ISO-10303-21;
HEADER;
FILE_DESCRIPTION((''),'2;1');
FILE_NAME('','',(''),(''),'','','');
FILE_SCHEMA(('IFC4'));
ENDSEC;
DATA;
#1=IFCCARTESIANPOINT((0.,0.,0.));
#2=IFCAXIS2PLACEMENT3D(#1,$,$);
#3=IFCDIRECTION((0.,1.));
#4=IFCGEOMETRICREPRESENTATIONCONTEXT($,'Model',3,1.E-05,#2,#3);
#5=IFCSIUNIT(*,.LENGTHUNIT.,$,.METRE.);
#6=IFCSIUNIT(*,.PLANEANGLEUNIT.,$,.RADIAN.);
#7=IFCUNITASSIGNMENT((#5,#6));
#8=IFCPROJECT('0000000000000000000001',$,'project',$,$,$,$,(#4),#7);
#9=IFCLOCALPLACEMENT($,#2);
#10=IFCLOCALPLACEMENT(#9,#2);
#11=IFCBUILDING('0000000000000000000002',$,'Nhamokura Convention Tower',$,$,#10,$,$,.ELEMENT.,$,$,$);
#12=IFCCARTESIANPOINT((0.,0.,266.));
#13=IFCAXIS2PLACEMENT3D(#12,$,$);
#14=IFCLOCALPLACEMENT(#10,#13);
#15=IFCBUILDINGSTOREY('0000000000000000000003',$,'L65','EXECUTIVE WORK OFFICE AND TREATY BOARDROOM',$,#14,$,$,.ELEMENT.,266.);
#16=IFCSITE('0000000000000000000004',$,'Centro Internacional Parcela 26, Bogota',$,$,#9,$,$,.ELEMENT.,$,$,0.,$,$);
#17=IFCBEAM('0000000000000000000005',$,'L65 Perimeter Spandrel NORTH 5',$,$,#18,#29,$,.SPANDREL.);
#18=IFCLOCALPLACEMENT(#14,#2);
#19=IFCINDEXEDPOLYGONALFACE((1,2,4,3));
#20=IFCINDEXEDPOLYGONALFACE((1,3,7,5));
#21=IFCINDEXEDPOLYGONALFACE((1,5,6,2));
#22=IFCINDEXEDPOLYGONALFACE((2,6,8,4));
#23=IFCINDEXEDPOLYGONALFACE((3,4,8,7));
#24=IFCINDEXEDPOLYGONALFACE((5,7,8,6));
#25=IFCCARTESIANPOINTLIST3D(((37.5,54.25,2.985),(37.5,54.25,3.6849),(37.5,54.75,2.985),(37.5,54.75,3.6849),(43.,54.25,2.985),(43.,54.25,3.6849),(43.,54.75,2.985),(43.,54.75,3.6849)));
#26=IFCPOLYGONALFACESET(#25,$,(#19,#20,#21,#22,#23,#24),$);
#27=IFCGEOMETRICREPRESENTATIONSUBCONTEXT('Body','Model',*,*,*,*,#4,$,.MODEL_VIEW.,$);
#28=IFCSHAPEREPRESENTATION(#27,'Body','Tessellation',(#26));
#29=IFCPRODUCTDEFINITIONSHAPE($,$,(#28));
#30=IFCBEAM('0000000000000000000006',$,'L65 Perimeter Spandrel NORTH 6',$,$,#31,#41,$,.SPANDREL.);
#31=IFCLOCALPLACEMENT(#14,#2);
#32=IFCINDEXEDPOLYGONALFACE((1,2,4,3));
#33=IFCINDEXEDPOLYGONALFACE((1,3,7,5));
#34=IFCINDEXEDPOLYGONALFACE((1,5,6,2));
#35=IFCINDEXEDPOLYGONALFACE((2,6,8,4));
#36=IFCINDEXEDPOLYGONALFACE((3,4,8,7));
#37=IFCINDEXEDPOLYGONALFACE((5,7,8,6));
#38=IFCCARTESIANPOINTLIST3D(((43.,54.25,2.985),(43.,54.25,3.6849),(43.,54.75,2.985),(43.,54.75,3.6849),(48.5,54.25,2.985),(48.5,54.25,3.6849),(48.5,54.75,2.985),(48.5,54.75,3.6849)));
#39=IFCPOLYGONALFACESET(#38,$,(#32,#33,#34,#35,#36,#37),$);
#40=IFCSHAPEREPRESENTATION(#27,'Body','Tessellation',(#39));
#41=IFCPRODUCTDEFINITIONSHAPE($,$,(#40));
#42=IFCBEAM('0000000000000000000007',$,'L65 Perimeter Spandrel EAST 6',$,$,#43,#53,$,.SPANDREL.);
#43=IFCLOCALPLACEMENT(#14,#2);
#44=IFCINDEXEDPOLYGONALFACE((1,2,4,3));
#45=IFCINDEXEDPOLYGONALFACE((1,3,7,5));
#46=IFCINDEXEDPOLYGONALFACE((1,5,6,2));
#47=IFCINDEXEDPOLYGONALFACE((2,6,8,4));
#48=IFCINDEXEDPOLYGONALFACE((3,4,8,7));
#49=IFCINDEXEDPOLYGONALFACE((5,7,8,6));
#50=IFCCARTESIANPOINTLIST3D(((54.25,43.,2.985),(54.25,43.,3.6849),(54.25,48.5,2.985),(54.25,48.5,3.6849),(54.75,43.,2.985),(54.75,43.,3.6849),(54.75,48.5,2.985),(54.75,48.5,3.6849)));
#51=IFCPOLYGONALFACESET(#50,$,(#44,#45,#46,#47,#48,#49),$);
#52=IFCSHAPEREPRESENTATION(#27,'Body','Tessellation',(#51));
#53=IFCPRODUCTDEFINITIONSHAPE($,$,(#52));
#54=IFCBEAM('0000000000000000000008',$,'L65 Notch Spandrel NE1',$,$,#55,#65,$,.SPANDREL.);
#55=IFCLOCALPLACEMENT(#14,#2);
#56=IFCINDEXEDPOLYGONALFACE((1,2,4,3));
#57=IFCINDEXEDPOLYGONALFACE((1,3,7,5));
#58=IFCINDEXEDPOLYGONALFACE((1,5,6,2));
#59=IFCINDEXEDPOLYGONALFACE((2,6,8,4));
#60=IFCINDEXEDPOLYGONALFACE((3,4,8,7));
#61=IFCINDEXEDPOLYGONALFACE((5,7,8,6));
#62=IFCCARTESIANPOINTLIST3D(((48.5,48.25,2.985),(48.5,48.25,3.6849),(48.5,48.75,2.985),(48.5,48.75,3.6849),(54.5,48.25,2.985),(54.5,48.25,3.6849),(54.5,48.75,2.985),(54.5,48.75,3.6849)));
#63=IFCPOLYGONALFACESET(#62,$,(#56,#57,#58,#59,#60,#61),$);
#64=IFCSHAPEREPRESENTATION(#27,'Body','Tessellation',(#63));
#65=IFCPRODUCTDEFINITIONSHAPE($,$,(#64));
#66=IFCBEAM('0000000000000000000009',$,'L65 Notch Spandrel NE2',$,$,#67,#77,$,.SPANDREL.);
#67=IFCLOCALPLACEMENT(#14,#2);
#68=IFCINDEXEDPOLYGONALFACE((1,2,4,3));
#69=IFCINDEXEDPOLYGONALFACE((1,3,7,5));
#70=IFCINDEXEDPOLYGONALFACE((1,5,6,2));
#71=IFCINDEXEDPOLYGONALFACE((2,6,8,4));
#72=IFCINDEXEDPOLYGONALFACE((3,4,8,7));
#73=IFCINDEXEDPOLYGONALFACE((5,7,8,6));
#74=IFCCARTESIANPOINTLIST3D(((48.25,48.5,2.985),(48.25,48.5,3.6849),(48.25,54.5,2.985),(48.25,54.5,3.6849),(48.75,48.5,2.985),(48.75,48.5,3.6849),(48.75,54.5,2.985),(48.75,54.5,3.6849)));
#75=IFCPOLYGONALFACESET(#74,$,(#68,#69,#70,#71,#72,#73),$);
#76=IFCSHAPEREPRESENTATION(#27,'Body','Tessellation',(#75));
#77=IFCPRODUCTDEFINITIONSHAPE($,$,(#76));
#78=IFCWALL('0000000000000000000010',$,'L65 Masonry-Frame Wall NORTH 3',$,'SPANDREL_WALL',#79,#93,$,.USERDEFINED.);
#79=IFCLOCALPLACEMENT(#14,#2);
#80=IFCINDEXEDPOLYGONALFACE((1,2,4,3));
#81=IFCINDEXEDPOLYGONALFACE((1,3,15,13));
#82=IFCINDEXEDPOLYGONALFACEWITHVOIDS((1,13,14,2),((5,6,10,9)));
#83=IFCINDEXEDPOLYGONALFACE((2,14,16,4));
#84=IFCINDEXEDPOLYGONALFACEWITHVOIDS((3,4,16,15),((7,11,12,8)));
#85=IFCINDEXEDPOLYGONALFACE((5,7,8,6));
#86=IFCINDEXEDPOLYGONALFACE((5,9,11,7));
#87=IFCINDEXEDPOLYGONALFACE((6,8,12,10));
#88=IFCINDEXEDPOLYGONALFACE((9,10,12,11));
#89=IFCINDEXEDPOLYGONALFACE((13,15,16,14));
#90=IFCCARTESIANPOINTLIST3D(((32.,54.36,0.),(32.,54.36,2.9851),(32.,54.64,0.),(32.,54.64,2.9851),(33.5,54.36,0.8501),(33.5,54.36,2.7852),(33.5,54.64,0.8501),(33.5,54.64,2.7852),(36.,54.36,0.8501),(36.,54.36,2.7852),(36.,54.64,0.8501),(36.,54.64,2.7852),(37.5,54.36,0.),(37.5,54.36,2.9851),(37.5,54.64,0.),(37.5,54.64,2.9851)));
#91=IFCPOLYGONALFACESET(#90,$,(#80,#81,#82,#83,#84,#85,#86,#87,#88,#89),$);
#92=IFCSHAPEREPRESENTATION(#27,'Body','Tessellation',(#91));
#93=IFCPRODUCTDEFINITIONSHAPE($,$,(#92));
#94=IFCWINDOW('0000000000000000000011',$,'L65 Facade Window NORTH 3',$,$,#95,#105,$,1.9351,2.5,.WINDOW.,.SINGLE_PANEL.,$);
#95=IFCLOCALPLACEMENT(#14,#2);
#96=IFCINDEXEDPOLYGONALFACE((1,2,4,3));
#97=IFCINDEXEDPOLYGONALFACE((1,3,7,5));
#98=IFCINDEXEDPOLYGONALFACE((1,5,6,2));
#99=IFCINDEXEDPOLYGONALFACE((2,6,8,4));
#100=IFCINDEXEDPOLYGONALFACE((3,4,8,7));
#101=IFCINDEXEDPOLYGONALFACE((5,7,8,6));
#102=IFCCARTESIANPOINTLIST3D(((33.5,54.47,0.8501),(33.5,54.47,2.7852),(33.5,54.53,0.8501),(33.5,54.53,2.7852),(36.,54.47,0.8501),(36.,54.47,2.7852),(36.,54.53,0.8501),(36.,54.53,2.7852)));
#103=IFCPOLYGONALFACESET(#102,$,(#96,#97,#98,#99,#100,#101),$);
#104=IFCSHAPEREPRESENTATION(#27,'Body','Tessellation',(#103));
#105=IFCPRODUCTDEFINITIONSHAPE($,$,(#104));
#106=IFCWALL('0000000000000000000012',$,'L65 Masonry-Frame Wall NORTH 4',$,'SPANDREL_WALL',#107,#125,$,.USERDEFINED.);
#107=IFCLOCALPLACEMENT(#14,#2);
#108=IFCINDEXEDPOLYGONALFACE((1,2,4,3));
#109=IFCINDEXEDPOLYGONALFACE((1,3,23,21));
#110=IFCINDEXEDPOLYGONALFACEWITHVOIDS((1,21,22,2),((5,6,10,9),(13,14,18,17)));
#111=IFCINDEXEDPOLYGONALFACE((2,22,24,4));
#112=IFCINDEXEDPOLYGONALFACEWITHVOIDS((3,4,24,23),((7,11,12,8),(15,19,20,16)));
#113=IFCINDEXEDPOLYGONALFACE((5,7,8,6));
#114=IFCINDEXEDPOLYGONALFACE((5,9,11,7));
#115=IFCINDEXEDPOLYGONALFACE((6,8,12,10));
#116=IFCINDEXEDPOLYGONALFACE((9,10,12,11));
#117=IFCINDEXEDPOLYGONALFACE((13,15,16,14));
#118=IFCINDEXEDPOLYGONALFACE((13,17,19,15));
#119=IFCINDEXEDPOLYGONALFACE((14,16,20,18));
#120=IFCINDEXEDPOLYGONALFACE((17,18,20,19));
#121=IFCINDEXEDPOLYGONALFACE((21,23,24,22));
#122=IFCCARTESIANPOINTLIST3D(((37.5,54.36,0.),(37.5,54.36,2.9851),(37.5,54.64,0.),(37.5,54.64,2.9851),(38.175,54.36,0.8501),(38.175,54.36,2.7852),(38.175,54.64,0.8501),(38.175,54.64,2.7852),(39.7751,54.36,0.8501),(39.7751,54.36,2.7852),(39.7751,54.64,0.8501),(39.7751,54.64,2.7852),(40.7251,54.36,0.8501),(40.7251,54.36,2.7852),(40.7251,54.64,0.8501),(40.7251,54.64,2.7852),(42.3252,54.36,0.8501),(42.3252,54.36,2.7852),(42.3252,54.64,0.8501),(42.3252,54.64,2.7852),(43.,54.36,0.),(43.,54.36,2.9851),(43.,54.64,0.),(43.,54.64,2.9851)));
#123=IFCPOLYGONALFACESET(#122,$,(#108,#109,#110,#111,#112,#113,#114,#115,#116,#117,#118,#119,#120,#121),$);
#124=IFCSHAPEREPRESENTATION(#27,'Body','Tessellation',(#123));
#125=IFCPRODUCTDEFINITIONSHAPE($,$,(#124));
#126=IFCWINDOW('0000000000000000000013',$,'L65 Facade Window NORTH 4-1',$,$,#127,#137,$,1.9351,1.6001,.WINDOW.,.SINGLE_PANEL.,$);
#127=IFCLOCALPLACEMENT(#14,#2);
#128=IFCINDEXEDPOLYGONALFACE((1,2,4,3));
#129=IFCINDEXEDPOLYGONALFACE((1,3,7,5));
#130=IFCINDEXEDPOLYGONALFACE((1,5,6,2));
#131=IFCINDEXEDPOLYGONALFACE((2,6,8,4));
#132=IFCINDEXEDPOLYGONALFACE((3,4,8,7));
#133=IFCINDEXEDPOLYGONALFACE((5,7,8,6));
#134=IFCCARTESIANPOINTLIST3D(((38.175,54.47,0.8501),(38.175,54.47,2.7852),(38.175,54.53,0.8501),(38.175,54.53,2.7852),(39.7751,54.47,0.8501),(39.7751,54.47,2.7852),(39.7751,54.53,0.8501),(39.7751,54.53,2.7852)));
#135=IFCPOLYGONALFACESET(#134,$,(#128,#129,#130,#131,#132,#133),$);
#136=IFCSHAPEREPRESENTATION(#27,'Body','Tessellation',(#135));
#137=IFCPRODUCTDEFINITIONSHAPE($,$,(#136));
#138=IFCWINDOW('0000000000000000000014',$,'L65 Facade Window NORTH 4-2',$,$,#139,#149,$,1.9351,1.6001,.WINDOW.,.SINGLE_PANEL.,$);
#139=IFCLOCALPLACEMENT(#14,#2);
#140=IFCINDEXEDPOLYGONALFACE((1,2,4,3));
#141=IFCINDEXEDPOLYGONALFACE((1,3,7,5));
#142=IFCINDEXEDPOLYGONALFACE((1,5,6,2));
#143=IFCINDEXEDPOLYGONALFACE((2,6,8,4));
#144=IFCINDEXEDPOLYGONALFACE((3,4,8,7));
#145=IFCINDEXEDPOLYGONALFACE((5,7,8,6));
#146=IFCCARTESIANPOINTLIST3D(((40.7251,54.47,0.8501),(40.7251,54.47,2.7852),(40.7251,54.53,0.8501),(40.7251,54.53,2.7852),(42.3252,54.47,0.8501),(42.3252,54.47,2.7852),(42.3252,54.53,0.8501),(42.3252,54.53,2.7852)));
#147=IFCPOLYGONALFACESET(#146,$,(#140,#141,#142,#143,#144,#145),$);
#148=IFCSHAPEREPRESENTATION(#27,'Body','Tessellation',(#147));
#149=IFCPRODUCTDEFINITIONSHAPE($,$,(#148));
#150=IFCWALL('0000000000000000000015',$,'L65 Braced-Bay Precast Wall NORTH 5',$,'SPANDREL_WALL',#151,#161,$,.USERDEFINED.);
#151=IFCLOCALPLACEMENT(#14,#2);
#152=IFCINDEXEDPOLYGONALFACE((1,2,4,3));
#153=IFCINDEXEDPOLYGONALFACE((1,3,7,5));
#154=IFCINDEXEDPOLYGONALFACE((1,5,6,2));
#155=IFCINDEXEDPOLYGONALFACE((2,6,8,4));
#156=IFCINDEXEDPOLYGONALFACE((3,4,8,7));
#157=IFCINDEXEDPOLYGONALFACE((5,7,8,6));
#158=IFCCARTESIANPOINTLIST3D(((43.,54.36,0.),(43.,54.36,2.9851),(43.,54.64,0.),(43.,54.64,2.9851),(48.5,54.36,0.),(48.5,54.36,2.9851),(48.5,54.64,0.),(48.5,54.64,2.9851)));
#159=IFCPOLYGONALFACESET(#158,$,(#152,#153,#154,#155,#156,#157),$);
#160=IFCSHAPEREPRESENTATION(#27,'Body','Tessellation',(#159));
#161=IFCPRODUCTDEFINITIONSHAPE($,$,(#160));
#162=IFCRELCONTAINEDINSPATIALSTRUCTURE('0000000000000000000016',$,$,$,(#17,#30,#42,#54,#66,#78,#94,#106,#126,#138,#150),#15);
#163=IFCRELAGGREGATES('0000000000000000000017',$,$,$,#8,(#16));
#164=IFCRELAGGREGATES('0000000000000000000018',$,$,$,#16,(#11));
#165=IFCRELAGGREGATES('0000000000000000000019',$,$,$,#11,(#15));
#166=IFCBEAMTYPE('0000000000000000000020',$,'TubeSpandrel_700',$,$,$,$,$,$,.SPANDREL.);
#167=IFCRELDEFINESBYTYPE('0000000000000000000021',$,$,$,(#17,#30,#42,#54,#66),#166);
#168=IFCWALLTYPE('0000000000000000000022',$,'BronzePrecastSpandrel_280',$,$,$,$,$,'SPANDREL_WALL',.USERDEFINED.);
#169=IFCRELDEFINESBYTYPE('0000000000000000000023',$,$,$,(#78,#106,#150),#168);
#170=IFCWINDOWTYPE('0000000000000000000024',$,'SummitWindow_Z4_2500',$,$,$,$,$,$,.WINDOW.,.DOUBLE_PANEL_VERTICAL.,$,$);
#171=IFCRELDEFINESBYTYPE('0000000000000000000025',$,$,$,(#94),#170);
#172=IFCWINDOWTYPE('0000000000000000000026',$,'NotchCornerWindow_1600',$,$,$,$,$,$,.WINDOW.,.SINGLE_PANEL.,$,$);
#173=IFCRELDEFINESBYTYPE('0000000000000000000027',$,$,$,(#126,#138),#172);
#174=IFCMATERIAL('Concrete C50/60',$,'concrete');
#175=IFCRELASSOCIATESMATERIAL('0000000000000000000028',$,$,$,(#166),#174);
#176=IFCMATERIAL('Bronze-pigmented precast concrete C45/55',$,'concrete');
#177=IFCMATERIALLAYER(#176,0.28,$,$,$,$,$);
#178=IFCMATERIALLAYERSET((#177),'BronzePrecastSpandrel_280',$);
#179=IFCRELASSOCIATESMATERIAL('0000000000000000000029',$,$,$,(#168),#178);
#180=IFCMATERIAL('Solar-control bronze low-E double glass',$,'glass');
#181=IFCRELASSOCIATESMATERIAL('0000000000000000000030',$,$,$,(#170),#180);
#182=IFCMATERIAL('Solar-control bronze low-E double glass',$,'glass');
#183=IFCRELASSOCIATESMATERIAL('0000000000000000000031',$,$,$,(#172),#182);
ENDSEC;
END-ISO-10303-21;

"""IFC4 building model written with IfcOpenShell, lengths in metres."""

from ifc_helpers import new_model, si_unit, direction, frame, frame_2d, origin, origin_2d, place, context, subcontext, project, spatial, rectangle, extrude, material, layer, layer_set, material_profile, profile_set, type_object, element, fill, save


model = new_model("IFC4")

# Units and contexts
model_context = context("Model", 3, precision=1e-05, world=origin(), true_north=direction((0.0, 1.0)))
body_context = subcontext(model_context, "Body", "Model", "MODEL_VIEW")
ifc_project = project(units=[si_unit("LENGTHUNIT", "METRE"), si_unit("PLANEANGLEUNIT", "RADIAN")], contexts=[model_context])

# Site, building, storey
site_placement = place(None, origin())
site = spatial("IfcSite", under=ifc_project, at=site_placement, Name="Centro Internacional Parcela 26, Bogota", CompositionType="ELEMENT", RefElevation=0.0)
building_placement = place(site_placement, origin())
building = spatial("IfcBuilding", under=site, at=building_placement, Name="Nhamokura Convention Tower", CompositionType="ELEMENT")
storey_placement = place(building_placement, frame((0.0, 0.0, 266.0)))
storey = spatial("IfcBuildingStorey", under=building, at=storey_placement, Name="L65", Description="EXECUTIVE WORK OFFICE AND TREATY BOARDROOM", CompositionType="ELEMENT", Elevation=266.0)

# Beams
ifc_material_1 = material(Name="Concrete C50/60", Category="concrete")
ifc_material_profile_1 = material_profile(ifc_material_1, rectangle(XDim=0.5, YDim=0.7, at=origin_2d()))
ifc_profile_set_1 = profile_set([ifc_material_profile_1], Name="Concrete C50/60")
beam_type_1 = type_object("IfcBeamType", Name="TubeSpandrel_700", PredefinedType="SPANDREL", material=ifc_profile_set_1)
for number, where, z_axis, x_axis, name in (
    (1, (37.5, 54.5, 3.335), (1.0, 0.0, 0.0), (0.0, 1.0, 0.0), "L65 Perimeter Spandrel NORTH 5"),
    (2, (43.0, 54.5, 3.335), (1.0, 0.0, 0.0), (0.0, 1.0, 0.0), "L65 Perimeter Spandrel NORTH 6"),
    (3, (54.5, 43.0, 3.335), (0.0, 1.0, 0.0), (-1.0, 0.0, 0.0), "L65 Perimeter Spandrel EAST 6"),
):
    element("IfcBeam", number, at=place(storey_placement, frame(where, z_axis=z_axis, x_axis=x_axis)), inside=storey, type_object=beam_type_1, Name=name, PredefinedType="SPANDREL", context=body_context, shape_type="SweptSolid", body=[
        extrude(rectangle(XDim=0.5, YDim=0.7, at=origin_2d()), origin(), (0.0, 0.0, 1.0), 5.5),
    ])
for number, where, z_axis, x_axis, name in (
    (4, (54.5, 48.5, 3.335), (-1.0, 0.0, 0.0), (0.0, -1.0, 0.0), "L65 Notch Spandrel NE1"),
    (5, (48.5, 48.5, 3.335), (0.0, 1.0, 0.0), (-1.0, 0.0, 0.0), "L65 Notch Spandrel NE2"),
):
    element("IfcBeam", number, at=place(storey_placement, frame(where, z_axis=z_axis, x_axis=x_axis)), inside=storey, type_object=beam_type_1, Name=name, PredefinedType="SPANDREL", context=body_context, shape_type="SweptSolid", body=[
        extrude(rectangle(XDim=0.5, YDim=0.7, at=origin_2d()), origin(), (0.0, 0.0, 1.0), 6.0),
    ])

# Wall, opening, window
ifc_material_2 = material(Name="Bronze-pigmented precast concrete C45/55", Category="concrete")
ifc_layer_1 = layer(ifc_material_2, 0.28)
ifc_layer_set_1 = layer_set([ifc_layer_1], Name="BronzePrecastSpandrel_280")
wall_type_1 = type_object("IfcWallType", Name="BronzePrecastSpandrel_280", ElementType="SPANDREL_WALL", PredefinedType="USERDEFINED", material=ifc_layer_set_1)
wall_1_placement = place(storey_placement, frame((32.0, 54.5, 0.0), z_axis=(0.0, 0.0, 1.0), x_axis=(1.0, 0.0, 0.0)))
wall_1 = element("IfcWall", 6, at=wall_1_placement, inside=storey, type_object=wall_type_1, Name="L65 Masonry-Frame Wall NORTH 3", ObjectType="SPANDREL_WALL", PredefinedType="USERDEFINED", context=body_context, shape_type="SweptSolid", body=[
    extrude(rectangle(XDim=5.5, YDim=0.28, at=frame_2d((2.75, 0.0))), origin(), (0.0, 0.0, 1.0), 2.9851),
])
opening_1_placement = place(wall_1_placement, frame((1.5, 0.0, 0.8501)))
opening_1 = element("IfcOpeningElement", 7, at=opening_1_placement, cuts=wall_1, PredefinedType="OPENING", context=body_context, shape_type="SweptSolid", body=[
    extrude(rectangle(XDim=2.5, YDim=1.9351, at=frame_2d((1.25, 0.9675))), frame((0.0, 0.1499, 0.0), z_axis=(0.0, -1.0, 0.0), x_axis=(1.0, 0.0, 0.0)), (0.0, 0.0, 1.0), 0.3),
])
ifc_material_3 = material(Name="Solar-control bronze low-E double glass", Category="glass")
window_type_1 = type_object("IfcWindowType", Name="SummitWindow_Z4_2500", PartitioningType="DOUBLE_PANEL_VERTICAL", PredefinedType="WINDOW", material=ifc_material_3)
window_1_placement = place(opening_1_placement, origin())
window_1 = element("IfcWindow", 8, at=window_1_placement, inside=storey, type_object=window_type_1, Name="L65 Facade Window NORTH 3", OverallHeight=1.9351, OverallWidth=2.5, PartitioningType="SINGLE_PANEL", PredefinedType="WINDOW", context=body_context, shape_type="SweptSolid", body=[
    extrude(rectangle(XDim=2.5, YDim=1.9351, at=frame_2d((1.25, 0.9675))), frame((0.0, 0.03, 0.0), z_axis=(0.0, -1.0, 0.0), x_axis=(1.0, 0.0, 0.0)), (0.0, 0.0, 1.0), 0.0601),
])
fill(opening_1, window_1)

# Wall, openings, windows
wall_2_placement = place(storey_placement, frame((37.5, 54.5, 0.0), z_axis=(0.0, 0.0, 1.0), x_axis=(1.0, 0.0, 0.0)))
wall_2 = element("IfcWall", 9, at=wall_2_placement, inside=storey, type_object=wall_type_1, Name="L65 Masonry-Frame Wall NORTH 4", ObjectType="SPANDREL_WALL", PredefinedType="USERDEFINED", context=body_context, shape_type="SweptSolid", body=[
    extrude(rectangle(XDim=5.5, YDim=0.28, at=frame_2d((2.75, 0.0))), origin(), (0.0, 0.0, 1.0), 2.9851),
])
opening_2_placement = place(wall_2_placement, frame((0.675, 0.0, 0.8501)))
opening_2 = element("IfcOpeningElement", 10, at=opening_2_placement, cuts=wall_2, PredefinedType="OPENING", context=body_context, shape_type="SweptSolid", body=[
    extrude(rectangle(XDim=1.6001, YDim=1.9351, at=frame_2d((0.8, 0.9675))), frame((0.0, 0.1499, 0.0), z_axis=(0.0, -1.0, 0.0), x_axis=(1.0, 0.0, 0.0)), (0.0, 0.0, 1.0), 0.3),
])
opening_3_placement = place(wall_2_placement, frame((3.2251, 0.0, 0.8501)))
opening_3 = element("IfcOpeningElement", 11, at=opening_3_placement, cuts=wall_2, PredefinedType="OPENING", context=body_context, shape_type="SweptSolid", body=[
    extrude(rectangle(XDim=1.6001, YDim=1.9351, at=frame_2d((0.8, 0.9675))), frame((0.0, 0.1499, 0.0), z_axis=(0.0, -1.0, 0.0), x_axis=(1.0, 0.0, 0.0)), (0.0, 0.0, 1.0), 0.3),
])
ifc_material_4 = material(Name="Solar-control bronze low-E double glass", Category="glass")
window_type_2 = type_object("IfcWindowType", Name="NotchCornerWindow_1600", PartitioningType="SINGLE_PANEL", PredefinedType="WINDOW", material=ifc_material_4)
window_2_placement = place(opening_2_placement, origin())
window_2 = element("IfcWindow", 12, at=window_2_placement, inside=storey, type_object=window_type_2, Name="L65 Facade Window NORTH 4-1", OverallHeight=1.9351, OverallWidth=1.6001, PartitioningType="SINGLE_PANEL", PredefinedType="WINDOW", context=body_context, shape_type="SweptSolid", body=[
    extrude(rectangle(XDim=1.6001, YDim=1.9351, at=frame_2d((0.8, 0.9675))), frame((0.0, 0.03, 0.0), z_axis=(0.0, -1.0, 0.0), x_axis=(1.0, 0.0, 0.0)), (0.0, 0.0, 1.0), 0.0601),
])
fill(opening_2, window_2)
window_3_placement = place(opening_3_placement, origin())
window_3 = element("IfcWindow", 13, at=window_3_placement, inside=storey, type_object=window_type_2, Name="L65 Facade Window NORTH 4-2", OverallHeight=1.9351, OverallWidth=1.6001, PartitioningType="SINGLE_PANEL", PredefinedType="WINDOW", context=body_context, shape_type="SweptSolid", body=[
    extrude(rectangle(XDim=1.6001, YDim=1.9351, at=frame_2d((0.8, 0.9675))), frame((0.0, 0.03, 0.0), z_axis=(0.0, -1.0, 0.0), x_axis=(1.0, 0.0, 0.0)), (0.0, 0.0, 1.0), 0.0601),
])
fill(opening_3, window_3)

# Wall
wall_3_placement = place(storey_placement, frame((43.0, 54.5, 0.0), z_axis=(0.0, 0.0, 1.0), x_axis=(1.0, 0.0, 0.0)))
element("IfcWall", 14, at=wall_3_placement, inside=storey, type_object=wall_type_1, Name="L65 Braced-Bay Precast Wall NORTH 5", ObjectType="SPANDREL_WALL", PredefinedType="USERDEFINED", context=body_context, shape_type="SweptSolid", body=[
    extrude(rectangle(XDim=5.5, YDim=0.28, at=frame_2d((2.75, 0.0))), origin(), (0.0, 0.0, 1.0), 2.9851),
])

save(model, "model.ifc")
